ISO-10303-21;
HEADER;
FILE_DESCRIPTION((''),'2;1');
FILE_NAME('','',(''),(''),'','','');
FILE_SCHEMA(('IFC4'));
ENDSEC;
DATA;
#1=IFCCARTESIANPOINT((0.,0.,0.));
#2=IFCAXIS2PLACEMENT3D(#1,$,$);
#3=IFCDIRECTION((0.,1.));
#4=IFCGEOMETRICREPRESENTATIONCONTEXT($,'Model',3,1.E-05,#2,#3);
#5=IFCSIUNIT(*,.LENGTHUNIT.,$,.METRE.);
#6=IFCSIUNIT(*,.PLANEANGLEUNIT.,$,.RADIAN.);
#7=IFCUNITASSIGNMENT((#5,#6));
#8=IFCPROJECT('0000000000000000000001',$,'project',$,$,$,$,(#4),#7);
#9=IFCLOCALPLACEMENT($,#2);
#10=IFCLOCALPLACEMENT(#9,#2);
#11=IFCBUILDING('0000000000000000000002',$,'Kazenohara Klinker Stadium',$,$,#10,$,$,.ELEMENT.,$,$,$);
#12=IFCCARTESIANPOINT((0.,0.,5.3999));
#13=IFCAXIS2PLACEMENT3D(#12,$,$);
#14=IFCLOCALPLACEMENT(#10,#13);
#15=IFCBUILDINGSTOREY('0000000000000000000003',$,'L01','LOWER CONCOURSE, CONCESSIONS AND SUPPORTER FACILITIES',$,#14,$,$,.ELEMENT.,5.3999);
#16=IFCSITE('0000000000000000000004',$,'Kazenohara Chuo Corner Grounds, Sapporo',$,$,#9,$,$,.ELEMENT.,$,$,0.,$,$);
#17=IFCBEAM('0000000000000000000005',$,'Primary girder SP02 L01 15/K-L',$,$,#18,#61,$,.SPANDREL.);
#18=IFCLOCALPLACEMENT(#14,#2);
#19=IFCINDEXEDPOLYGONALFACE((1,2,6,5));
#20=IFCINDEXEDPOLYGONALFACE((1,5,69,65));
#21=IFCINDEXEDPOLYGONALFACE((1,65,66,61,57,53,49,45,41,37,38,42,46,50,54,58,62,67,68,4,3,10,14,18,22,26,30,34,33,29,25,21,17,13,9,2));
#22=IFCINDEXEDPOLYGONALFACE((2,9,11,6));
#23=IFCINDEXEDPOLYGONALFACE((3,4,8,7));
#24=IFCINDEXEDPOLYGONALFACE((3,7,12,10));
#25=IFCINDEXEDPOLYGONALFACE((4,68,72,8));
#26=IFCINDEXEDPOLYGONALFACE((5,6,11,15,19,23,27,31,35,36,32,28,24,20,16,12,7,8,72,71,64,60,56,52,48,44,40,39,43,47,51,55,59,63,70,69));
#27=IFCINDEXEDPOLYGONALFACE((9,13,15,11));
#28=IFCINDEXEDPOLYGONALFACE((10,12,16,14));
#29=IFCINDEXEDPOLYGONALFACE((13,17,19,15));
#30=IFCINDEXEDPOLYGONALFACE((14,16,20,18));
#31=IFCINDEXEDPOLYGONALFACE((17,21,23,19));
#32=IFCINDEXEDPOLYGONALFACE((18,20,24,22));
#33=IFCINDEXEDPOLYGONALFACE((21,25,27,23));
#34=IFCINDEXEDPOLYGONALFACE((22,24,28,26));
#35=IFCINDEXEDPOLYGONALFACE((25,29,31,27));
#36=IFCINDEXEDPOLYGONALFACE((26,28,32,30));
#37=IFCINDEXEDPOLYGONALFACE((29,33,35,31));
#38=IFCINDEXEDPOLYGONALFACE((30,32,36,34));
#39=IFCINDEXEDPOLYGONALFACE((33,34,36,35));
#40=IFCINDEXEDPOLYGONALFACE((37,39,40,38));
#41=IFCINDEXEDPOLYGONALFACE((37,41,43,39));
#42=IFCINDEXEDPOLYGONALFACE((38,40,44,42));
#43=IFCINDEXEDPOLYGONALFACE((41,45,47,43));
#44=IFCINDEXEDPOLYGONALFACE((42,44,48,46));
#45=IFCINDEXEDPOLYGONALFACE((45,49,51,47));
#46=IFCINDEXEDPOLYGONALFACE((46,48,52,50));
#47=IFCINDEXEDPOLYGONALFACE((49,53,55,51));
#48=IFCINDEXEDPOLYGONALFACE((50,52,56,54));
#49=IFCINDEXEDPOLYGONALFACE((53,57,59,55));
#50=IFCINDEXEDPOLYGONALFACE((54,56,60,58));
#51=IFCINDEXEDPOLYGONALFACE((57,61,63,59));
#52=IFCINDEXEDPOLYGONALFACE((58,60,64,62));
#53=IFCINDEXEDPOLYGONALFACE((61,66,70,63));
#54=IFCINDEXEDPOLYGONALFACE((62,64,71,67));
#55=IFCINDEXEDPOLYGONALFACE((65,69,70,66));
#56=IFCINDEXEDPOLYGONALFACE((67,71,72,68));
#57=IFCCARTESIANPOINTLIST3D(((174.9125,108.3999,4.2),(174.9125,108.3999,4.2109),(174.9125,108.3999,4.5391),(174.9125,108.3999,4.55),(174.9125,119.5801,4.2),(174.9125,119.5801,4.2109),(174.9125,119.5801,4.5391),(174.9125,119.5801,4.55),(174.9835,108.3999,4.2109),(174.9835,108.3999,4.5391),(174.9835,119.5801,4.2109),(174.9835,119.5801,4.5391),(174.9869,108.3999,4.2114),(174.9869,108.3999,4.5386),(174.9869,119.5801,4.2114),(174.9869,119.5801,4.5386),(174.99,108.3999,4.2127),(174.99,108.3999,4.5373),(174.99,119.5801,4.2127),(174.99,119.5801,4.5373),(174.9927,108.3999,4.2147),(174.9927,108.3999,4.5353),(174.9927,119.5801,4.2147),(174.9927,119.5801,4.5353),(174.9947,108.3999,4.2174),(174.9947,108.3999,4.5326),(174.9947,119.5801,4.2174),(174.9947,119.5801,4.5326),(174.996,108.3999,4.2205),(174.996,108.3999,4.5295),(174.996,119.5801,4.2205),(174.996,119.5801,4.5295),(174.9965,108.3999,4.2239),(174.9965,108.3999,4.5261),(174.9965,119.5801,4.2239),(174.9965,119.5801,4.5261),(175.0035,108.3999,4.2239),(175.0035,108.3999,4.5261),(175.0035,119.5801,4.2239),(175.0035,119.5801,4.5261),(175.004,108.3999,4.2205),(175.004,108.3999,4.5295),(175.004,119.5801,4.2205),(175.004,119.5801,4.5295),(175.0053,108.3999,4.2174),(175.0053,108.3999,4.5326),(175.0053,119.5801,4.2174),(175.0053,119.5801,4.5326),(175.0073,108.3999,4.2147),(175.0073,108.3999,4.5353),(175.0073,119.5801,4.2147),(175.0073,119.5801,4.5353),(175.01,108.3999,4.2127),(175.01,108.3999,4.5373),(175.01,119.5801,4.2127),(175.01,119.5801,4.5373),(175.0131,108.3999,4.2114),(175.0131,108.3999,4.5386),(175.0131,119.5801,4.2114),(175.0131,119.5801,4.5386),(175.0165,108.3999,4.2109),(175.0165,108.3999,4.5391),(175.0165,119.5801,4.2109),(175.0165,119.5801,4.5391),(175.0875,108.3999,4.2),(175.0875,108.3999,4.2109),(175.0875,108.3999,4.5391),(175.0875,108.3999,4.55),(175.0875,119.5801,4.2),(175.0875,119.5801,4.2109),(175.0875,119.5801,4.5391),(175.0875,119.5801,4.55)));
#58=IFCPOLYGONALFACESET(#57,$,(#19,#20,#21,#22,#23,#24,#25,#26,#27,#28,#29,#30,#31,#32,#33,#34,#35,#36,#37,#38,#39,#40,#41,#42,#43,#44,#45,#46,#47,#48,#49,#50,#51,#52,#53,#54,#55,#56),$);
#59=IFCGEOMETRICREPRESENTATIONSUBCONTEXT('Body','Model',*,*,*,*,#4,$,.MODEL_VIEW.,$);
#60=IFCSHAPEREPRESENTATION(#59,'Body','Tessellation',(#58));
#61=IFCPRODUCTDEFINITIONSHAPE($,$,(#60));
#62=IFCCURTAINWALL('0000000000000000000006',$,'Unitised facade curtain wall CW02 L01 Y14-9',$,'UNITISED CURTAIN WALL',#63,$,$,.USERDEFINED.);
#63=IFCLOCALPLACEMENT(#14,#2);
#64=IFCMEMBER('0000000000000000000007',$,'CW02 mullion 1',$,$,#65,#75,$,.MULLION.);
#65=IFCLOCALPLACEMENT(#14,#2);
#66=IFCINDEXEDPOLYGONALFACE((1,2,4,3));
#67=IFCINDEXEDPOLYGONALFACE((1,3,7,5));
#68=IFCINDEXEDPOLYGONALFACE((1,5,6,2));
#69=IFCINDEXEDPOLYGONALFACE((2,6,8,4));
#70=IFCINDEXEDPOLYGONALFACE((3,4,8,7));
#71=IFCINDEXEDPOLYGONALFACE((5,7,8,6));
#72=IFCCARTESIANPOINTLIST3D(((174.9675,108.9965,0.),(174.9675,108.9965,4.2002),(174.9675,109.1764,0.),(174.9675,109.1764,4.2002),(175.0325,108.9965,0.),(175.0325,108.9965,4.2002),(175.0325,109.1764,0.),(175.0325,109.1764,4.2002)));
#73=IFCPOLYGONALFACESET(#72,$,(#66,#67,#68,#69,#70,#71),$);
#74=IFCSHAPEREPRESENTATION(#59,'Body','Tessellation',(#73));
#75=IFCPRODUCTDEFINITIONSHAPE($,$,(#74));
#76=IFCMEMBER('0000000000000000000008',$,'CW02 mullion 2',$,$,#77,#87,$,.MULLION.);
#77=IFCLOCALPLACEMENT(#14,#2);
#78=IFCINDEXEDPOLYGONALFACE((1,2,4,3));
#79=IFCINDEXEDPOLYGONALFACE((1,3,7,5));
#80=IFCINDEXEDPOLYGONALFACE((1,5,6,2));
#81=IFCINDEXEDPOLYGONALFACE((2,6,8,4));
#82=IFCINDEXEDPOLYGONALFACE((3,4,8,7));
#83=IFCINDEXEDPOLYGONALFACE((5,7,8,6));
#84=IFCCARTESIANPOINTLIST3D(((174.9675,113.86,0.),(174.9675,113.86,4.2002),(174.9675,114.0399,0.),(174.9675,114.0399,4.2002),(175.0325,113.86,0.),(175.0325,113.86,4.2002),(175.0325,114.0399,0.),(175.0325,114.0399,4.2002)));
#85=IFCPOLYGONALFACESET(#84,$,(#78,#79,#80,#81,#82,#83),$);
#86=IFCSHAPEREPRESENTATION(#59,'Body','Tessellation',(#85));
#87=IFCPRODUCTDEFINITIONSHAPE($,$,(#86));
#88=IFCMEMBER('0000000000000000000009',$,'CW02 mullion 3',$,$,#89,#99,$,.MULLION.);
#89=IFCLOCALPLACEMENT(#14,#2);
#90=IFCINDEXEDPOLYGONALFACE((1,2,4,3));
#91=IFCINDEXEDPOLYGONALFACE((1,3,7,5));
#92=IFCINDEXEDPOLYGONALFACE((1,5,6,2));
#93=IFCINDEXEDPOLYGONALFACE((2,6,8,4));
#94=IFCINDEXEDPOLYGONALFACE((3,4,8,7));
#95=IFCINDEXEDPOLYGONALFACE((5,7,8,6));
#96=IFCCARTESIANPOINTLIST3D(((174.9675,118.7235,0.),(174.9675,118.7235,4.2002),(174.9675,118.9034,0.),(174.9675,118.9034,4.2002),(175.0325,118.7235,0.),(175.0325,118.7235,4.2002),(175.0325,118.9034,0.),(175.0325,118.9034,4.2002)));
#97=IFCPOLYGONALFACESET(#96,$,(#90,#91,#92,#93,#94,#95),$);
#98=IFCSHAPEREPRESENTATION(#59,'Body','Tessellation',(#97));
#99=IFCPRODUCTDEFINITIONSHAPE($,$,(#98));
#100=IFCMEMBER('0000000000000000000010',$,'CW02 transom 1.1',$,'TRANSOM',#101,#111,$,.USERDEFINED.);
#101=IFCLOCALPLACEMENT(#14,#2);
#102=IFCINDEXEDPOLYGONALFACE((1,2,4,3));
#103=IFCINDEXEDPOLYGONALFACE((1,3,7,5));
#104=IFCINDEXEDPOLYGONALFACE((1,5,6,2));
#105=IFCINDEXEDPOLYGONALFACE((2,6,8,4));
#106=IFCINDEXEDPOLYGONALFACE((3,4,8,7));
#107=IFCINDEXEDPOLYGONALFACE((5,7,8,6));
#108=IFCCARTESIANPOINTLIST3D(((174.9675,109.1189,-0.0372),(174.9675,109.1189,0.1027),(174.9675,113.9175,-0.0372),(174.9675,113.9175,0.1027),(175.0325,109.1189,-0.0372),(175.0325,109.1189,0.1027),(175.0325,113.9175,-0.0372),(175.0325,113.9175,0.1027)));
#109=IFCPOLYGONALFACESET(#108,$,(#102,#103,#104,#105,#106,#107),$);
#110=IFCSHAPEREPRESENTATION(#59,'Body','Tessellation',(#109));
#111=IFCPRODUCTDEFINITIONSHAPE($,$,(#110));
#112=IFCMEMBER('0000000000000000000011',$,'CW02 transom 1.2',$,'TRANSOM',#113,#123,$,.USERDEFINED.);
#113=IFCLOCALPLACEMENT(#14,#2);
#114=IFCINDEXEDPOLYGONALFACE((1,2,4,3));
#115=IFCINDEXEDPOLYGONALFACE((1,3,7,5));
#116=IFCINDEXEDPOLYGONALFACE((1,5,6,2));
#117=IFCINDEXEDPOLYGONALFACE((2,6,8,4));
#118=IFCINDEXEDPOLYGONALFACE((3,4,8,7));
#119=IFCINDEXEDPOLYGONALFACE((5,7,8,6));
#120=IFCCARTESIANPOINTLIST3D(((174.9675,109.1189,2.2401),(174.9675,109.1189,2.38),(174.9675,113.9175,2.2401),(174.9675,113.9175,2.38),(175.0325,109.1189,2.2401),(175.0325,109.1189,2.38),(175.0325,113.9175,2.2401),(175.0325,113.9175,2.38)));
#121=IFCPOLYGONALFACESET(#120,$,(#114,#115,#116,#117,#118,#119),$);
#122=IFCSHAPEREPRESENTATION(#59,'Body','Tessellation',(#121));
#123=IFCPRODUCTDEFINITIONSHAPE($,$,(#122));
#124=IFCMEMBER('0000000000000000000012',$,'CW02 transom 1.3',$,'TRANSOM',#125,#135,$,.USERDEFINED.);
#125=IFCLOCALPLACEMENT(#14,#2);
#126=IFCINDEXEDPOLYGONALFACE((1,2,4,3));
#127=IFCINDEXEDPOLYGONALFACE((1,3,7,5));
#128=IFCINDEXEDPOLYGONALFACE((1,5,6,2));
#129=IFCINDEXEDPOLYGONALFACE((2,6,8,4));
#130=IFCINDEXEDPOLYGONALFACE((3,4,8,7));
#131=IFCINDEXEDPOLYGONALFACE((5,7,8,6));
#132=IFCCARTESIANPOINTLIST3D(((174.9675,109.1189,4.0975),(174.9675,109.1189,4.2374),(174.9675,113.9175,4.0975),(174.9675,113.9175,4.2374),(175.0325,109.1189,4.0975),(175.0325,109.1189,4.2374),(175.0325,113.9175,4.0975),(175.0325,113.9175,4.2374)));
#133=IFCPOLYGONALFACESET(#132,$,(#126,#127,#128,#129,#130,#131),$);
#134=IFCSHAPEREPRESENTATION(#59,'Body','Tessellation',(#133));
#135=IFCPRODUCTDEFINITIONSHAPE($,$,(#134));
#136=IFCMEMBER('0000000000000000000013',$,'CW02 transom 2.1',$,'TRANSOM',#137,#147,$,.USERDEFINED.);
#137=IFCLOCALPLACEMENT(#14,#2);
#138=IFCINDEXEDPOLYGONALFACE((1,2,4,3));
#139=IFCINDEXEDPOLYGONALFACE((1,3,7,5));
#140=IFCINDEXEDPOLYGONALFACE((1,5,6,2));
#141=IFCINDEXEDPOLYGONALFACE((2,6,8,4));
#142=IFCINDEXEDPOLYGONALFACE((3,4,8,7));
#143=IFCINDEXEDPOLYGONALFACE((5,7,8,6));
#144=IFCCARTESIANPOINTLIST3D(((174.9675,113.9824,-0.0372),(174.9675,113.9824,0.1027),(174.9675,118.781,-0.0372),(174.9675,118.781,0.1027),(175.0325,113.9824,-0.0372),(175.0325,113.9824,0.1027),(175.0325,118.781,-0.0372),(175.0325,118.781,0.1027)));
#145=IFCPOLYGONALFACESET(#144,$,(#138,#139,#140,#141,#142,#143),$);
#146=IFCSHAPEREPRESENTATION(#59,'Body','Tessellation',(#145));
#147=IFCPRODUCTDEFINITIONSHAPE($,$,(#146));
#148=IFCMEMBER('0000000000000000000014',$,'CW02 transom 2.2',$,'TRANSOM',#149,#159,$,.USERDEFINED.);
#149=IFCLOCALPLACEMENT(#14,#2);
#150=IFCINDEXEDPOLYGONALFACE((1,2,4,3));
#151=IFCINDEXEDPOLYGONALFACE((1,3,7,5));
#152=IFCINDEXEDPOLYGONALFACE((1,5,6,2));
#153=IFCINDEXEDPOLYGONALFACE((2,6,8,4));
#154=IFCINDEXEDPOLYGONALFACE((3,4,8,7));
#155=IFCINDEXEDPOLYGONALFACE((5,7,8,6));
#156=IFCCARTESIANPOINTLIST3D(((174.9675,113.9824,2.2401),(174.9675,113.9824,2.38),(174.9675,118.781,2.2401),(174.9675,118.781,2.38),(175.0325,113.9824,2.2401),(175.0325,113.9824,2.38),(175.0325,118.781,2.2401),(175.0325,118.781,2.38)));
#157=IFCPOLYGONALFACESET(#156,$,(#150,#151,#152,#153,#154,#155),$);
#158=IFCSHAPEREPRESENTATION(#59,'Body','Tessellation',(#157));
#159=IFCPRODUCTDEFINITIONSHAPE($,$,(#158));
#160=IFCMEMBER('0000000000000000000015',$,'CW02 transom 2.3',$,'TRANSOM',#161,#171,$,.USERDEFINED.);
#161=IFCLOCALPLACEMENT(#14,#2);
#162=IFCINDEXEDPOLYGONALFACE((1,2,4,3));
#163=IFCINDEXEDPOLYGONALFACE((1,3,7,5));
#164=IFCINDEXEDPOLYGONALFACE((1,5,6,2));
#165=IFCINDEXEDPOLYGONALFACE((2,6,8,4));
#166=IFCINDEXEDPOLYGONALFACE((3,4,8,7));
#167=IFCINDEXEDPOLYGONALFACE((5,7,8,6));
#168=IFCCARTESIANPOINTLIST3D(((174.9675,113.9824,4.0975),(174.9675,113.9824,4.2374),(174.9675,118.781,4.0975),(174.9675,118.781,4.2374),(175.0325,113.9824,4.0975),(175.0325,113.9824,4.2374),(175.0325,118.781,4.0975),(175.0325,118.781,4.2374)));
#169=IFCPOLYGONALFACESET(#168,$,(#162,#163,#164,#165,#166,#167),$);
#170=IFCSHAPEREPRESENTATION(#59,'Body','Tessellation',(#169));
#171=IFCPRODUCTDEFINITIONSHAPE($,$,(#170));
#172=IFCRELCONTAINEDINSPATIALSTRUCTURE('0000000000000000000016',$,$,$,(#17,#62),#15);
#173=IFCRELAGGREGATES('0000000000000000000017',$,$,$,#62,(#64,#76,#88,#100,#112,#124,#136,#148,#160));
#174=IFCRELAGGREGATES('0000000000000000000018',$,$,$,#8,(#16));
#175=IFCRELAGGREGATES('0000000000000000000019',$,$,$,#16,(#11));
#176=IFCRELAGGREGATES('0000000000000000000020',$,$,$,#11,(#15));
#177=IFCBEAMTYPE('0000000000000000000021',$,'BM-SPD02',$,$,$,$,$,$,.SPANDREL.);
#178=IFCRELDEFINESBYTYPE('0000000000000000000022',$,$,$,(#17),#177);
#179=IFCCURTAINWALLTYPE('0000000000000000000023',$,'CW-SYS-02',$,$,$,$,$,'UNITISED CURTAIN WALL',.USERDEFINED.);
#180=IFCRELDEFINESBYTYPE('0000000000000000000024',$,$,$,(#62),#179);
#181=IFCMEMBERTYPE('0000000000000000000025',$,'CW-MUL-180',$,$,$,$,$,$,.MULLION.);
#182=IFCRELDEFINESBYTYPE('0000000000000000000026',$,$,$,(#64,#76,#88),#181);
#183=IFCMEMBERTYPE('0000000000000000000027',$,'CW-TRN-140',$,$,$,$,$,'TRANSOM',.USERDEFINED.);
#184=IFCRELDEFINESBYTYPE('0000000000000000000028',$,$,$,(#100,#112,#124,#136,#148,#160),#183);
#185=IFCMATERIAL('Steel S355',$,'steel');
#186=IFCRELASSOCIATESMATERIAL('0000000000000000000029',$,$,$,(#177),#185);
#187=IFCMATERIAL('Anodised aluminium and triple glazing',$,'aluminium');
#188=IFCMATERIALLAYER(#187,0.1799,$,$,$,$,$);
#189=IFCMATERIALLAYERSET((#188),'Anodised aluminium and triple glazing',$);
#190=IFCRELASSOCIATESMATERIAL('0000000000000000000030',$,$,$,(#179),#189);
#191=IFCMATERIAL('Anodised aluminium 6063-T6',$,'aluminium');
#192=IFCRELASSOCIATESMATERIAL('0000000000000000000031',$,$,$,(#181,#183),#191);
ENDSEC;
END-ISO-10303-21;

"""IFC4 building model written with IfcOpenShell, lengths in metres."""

from ifc_helpers import new_model, si_unit, direction, frame, origin, origin_2d, place, context, subcontext, project, spatial, rectangle, i_section, extrude, material, layer, layer_set, material_profile, profile_set, type_object, element, aggregate, save


model = new_model("IFC4")

# Units and contexts
model_context = context("Model", 3, precision=1e-05, world=origin(), true_north=direction((0.0, 1.0)))
body_context = subcontext(model_context, "Body", "Model", "MODEL_VIEW")
ifc_project = project(units=[si_unit("LENGTHUNIT", "METRE"), si_unit("PLANEANGLEUNIT", "RADIAN")], contexts=[model_context])

# Site, building, storey
site_placement = place(None, origin())
site = spatial("IfcSite", under=ifc_project, at=site_placement, Name="Kazenohara Chuo Corner Grounds, Sapporo", CompositionType="ELEMENT", RefElevation=0.0)
building_placement = place(site_placement, origin())
building = spatial("IfcBuilding", under=site, at=building_placement, Name="Kazenohara Klinker Stadium", CompositionType="ELEMENT")
storey_placement = place(building_placement, frame((0.0, 0.0, 5.3999)))
storey = spatial("IfcBuildingStorey", under=building, at=storey_placement, Name="L01", Description="LOWER CONCOURSE, CONCESSIONS AND SUPPORTER FACILITIES", CompositionType="ELEMENT", Elevation=5.3999)

# Beam
ifc_material_1 = material(Name="Steel S355", Category="steel")
ifc_material_profile_1 = material_profile(ifc_material_1, i_section(OverallWidth=0.175, OverallDepth=0.3501, WebThickness=0.0071, FlangeThickness=0.011, FilletRadius=0.0129, at=origin_2d()), Name="H-350x175x7x11")
ifc_profile_set_1 = profile_set([ifc_material_profile_1], Name="Steel S355")
beam_type = type_object("IfcBeamType", Name="BM-SPD02", PredefinedType="SPANDREL", material=ifc_profile_set_1)
beam_placement = place(storey_placement, frame((175.0, 108.3999, 4.375), z_axis=(0.0, 1.0, 0.0), x_axis=(-1.0, 0.0, 0.0)))
element("IfcBeam", 1, at=beam_placement, inside=storey, type_object=beam_type, Name="Primary girder SP02 L01 15/K-L", PredefinedType="SPANDREL", context=body_context, shape_type="SweptSolid", body=[
    extrude(i_section(OverallWidth=0.175, OverallDepth=0.3501, WebThickness=0.0071, FlangeThickness=0.011, FilletRadius=0.0129, at=origin_2d()), origin(), (0.0, 0.0, 1.0), 11.1802),
])

# Curtain wall, members
ifc_material_2 = material(Name="Anodised aluminium and triple glazing", Category="aluminium")
ifc_layer_1 = layer(ifc_material_2, 0.1799)
ifc_layer_set_1 = layer_set([ifc_layer_1], Name="Anodised aluminium and triple glazing")
curtain_wall_type = type_object("IfcCurtainWallType", Name="CW-SYS-02", ElementType="UNITISED CURTAIN WALL", PredefinedType="USERDEFINED", material=ifc_layer_set_1)
curtain_wall_placement = place(storey_placement, origin())
curtain_wall = element("IfcCurtainWall", 2, at=curtain_wall_placement, inside=storey, type_object=curtain_wall_type, Name="Unitised facade curtain wall CW02 L01 Y14-9", ObjectType="UNITISED CURTAIN WALL", PredefinedType="USERDEFINED")
ifc_material_3 = material(Name="Anodised aluminium 6063-T6", Category="aluminium")
ifc_material_profile_2 = material_profile(ifc_material_3, rectangle(XDim=0.0649, YDim=0.1799, at=origin_2d()), Name="ALU-MUL-65x180")
ifc_profile_set_2 = profile_set([ifc_material_profile_2], Name="Anodised aluminium 6063-T6")
member_type_1 = type_object("IfcMemberType", Name="CW-MUL-180", PredefinedType="MULLION", material=ifc_profile_set_2)
member_1_placement = place(storey_placement, frame((175.0, 109.0864, 0.0), z_axis=(0.0, 0.0, 1.0), x_axis=(-1.0, 0.0, 0.0)))
member_1 = element("IfcMember", 3, at=member_1_placement, type_object=member_type_1, Name="CW02 mullion 1", PredefinedType="MULLION", context=body_context, shape_type="SweptSolid", body=[
    extrude(rectangle(XDim=0.0649, YDim=0.1799, at=origin_2d()), origin(), (0.0, 0.0, 1.0), 4.2002),
])
member_2_placement = place(storey_placement, frame((175.0, 113.95, 0.0), z_axis=(0.0, 0.0, 1.0), x_axis=(-1.0, 0.0, 0.0)))
member_2 = element("IfcMember", 4, at=member_2_placement, type_object=member_type_1, Name="CW02 mullion 2", PredefinedType="MULLION", context=body_context, shape_type="SweptSolid", body=[
    extrude(rectangle(XDim=0.0649, YDim=0.1799, at=origin_2d()), origin(), (0.0, 0.0, 1.0), 4.2002),
])
member_3_placement = place(storey_placement, frame((175.0, 118.8135, 0.0), z_axis=(0.0, 0.0, 1.0), x_axis=(-1.0, 0.0, 0.0)))
member_3 = element("IfcMember", 5, at=member_3_placement, type_object=member_type_1, Name="CW02 mullion 3", PredefinedType="MULLION", context=body_context, shape_type="SweptSolid", body=[
    extrude(rectangle(XDim=0.0649, YDim=0.1799, at=origin_2d()), origin(), (0.0, 0.0, 1.0), 4.2002),
])
ifc_material_profile_3 = material_profile(ifc_material_3, rectangle(XDim=0.0649, YDim=0.1399, at=origin_2d()), Name="ALU-TRN-65x140")
ifc_profile_set_3 = profile_set([ifc_material_profile_3], Name="Anodised aluminium 6063-T6")
member_type_2 = type_object("IfcMemberType", Name="CW-TRN-140", ElementType="TRANSOM", PredefinedType="USERDEFINED", material=ifc_profile_set_3)
member_4_placement = place(storey_placement, frame((175.0, 109.1189, 0.0327), z_axis=(0.0, 1.0, 0.0), x_axis=(-1.0, 0.0, 0.0)))
member_4 = element("IfcMember", 6, at=member_4_placement, type_object=member_type_2, Name="CW02 transom 1.1", ObjectType="TRANSOM", PredefinedType="USERDEFINED", context=body_context, shape_type="SweptSolid", body=[
    extrude(rectangle(XDim=0.0649, YDim=0.1399, at=origin_2d()), origin(), (0.0, 0.0, 1.0), 4.7986),
])
member_5_placement = place(storey_placement, frame((175.0, 109.1189, 2.3101), z_axis=(0.0, 1.0, 0.0), x_axis=(-1.0, 0.0, 0.0)))
member_5 = element("IfcMember", 7, at=member_5_placement, type_object=member_type_2, Name="CW02 transom 1.2", ObjectType="TRANSOM", PredefinedType="USERDEFINED", context=body_context, shape_type="SweptSolid", body=[
    extrude(rectangle(XDim=0.0649, YDim=0.1399, at=origin_2d()), origin(), (0.0, 0.0, 1.0), 4.7986),
])
member_6_placement = place(storey_placement, frame((175.0, 109.1189, 4.1675), z_axis=(0.0, 1.0, 0.0), x_axis=(-1.0, 0.0, 0.0)))
member_6 = element("IfcMember", 8, at=member_6_placement, type_object=member_type_2, Name="CW02 transom 1.3", ObjectType="TRANSOM", PredefinedType="USERDEFINED", context=body_context, shape_type="SweptSolid", body=[
    extrude(rectangle(XDim=0.0649, YDim=0.1399, at=origin_2d()), origin(), (0.0, 0.0, 1.0), 4.7986),
])
member_7_placement = place(storey_placement, frame((175.0, 113.9824, 0.0327), z_axis=(0.0, 1.0, 0.0), x_axis=(-1.0, 0.0, 0.0)))
member_7 = element("IfcMember", 9, at=member_7_placement, type_object=member_type_2, Name="CW02 transom 2.1", ObjectType="TRANSOM", PredefinedType="USERDEFINED", context=body_context, shape_type="SweptSolid", body=[
    extrude(rectangle(XDim=0.0649, YDim=0.1399, at=origin_2d()), origin(), (0.0, 0.0, 1.0), 4.7986),
])
member_8_placement = place(storey_placement, frame((175.0, 113.9824, 2.3101), z_axis=(0.0, 1.0, 0.0), x_axis=(-1.0, 0.0, 0.0)))
member_8 = element("IfcMember", 10, at=member_8_placement, type_object=member_type_2, Name="CW02 transom 2.2", ObjectType="TRANSOM", PredefinedType="USERDEFINED", context=body_context, shape_type="SweptSolid", body=[
    extrude(rectangle(XDim=0.0649, YDim=0.1399, at=origin_2d()), origin(), (0.0, 0.0, 1.0), 4.7986),
])
member_9_placement = place(storey_placement, frame((175.0, 113.9824, 4.1675), z_axis=(0.0, 1.0, 0.0), x_axis=(-1.0, 0.0, 0.0)))
member_9 = element("IfcMember", 11, at=member_9_placement, type_object=member_type_2, Name="CW02 transom 2.3", ObjectType="TRANSOM", PredefinedType="USERDEFINED", context=body_context, shape_type="SweptSolid", body=[
    extrude(rectangle(XDim=0.0649, YDim=0.1399, at=origin_2d()), origin(), (0.0, 0.0, 1.0), 4.7986),
])

aggregate(curtain_wall, [member_1, member_2, member_3, member_4, member_5, member_6, member_7, member_8, member_9])

save(model, "model.ifc")
